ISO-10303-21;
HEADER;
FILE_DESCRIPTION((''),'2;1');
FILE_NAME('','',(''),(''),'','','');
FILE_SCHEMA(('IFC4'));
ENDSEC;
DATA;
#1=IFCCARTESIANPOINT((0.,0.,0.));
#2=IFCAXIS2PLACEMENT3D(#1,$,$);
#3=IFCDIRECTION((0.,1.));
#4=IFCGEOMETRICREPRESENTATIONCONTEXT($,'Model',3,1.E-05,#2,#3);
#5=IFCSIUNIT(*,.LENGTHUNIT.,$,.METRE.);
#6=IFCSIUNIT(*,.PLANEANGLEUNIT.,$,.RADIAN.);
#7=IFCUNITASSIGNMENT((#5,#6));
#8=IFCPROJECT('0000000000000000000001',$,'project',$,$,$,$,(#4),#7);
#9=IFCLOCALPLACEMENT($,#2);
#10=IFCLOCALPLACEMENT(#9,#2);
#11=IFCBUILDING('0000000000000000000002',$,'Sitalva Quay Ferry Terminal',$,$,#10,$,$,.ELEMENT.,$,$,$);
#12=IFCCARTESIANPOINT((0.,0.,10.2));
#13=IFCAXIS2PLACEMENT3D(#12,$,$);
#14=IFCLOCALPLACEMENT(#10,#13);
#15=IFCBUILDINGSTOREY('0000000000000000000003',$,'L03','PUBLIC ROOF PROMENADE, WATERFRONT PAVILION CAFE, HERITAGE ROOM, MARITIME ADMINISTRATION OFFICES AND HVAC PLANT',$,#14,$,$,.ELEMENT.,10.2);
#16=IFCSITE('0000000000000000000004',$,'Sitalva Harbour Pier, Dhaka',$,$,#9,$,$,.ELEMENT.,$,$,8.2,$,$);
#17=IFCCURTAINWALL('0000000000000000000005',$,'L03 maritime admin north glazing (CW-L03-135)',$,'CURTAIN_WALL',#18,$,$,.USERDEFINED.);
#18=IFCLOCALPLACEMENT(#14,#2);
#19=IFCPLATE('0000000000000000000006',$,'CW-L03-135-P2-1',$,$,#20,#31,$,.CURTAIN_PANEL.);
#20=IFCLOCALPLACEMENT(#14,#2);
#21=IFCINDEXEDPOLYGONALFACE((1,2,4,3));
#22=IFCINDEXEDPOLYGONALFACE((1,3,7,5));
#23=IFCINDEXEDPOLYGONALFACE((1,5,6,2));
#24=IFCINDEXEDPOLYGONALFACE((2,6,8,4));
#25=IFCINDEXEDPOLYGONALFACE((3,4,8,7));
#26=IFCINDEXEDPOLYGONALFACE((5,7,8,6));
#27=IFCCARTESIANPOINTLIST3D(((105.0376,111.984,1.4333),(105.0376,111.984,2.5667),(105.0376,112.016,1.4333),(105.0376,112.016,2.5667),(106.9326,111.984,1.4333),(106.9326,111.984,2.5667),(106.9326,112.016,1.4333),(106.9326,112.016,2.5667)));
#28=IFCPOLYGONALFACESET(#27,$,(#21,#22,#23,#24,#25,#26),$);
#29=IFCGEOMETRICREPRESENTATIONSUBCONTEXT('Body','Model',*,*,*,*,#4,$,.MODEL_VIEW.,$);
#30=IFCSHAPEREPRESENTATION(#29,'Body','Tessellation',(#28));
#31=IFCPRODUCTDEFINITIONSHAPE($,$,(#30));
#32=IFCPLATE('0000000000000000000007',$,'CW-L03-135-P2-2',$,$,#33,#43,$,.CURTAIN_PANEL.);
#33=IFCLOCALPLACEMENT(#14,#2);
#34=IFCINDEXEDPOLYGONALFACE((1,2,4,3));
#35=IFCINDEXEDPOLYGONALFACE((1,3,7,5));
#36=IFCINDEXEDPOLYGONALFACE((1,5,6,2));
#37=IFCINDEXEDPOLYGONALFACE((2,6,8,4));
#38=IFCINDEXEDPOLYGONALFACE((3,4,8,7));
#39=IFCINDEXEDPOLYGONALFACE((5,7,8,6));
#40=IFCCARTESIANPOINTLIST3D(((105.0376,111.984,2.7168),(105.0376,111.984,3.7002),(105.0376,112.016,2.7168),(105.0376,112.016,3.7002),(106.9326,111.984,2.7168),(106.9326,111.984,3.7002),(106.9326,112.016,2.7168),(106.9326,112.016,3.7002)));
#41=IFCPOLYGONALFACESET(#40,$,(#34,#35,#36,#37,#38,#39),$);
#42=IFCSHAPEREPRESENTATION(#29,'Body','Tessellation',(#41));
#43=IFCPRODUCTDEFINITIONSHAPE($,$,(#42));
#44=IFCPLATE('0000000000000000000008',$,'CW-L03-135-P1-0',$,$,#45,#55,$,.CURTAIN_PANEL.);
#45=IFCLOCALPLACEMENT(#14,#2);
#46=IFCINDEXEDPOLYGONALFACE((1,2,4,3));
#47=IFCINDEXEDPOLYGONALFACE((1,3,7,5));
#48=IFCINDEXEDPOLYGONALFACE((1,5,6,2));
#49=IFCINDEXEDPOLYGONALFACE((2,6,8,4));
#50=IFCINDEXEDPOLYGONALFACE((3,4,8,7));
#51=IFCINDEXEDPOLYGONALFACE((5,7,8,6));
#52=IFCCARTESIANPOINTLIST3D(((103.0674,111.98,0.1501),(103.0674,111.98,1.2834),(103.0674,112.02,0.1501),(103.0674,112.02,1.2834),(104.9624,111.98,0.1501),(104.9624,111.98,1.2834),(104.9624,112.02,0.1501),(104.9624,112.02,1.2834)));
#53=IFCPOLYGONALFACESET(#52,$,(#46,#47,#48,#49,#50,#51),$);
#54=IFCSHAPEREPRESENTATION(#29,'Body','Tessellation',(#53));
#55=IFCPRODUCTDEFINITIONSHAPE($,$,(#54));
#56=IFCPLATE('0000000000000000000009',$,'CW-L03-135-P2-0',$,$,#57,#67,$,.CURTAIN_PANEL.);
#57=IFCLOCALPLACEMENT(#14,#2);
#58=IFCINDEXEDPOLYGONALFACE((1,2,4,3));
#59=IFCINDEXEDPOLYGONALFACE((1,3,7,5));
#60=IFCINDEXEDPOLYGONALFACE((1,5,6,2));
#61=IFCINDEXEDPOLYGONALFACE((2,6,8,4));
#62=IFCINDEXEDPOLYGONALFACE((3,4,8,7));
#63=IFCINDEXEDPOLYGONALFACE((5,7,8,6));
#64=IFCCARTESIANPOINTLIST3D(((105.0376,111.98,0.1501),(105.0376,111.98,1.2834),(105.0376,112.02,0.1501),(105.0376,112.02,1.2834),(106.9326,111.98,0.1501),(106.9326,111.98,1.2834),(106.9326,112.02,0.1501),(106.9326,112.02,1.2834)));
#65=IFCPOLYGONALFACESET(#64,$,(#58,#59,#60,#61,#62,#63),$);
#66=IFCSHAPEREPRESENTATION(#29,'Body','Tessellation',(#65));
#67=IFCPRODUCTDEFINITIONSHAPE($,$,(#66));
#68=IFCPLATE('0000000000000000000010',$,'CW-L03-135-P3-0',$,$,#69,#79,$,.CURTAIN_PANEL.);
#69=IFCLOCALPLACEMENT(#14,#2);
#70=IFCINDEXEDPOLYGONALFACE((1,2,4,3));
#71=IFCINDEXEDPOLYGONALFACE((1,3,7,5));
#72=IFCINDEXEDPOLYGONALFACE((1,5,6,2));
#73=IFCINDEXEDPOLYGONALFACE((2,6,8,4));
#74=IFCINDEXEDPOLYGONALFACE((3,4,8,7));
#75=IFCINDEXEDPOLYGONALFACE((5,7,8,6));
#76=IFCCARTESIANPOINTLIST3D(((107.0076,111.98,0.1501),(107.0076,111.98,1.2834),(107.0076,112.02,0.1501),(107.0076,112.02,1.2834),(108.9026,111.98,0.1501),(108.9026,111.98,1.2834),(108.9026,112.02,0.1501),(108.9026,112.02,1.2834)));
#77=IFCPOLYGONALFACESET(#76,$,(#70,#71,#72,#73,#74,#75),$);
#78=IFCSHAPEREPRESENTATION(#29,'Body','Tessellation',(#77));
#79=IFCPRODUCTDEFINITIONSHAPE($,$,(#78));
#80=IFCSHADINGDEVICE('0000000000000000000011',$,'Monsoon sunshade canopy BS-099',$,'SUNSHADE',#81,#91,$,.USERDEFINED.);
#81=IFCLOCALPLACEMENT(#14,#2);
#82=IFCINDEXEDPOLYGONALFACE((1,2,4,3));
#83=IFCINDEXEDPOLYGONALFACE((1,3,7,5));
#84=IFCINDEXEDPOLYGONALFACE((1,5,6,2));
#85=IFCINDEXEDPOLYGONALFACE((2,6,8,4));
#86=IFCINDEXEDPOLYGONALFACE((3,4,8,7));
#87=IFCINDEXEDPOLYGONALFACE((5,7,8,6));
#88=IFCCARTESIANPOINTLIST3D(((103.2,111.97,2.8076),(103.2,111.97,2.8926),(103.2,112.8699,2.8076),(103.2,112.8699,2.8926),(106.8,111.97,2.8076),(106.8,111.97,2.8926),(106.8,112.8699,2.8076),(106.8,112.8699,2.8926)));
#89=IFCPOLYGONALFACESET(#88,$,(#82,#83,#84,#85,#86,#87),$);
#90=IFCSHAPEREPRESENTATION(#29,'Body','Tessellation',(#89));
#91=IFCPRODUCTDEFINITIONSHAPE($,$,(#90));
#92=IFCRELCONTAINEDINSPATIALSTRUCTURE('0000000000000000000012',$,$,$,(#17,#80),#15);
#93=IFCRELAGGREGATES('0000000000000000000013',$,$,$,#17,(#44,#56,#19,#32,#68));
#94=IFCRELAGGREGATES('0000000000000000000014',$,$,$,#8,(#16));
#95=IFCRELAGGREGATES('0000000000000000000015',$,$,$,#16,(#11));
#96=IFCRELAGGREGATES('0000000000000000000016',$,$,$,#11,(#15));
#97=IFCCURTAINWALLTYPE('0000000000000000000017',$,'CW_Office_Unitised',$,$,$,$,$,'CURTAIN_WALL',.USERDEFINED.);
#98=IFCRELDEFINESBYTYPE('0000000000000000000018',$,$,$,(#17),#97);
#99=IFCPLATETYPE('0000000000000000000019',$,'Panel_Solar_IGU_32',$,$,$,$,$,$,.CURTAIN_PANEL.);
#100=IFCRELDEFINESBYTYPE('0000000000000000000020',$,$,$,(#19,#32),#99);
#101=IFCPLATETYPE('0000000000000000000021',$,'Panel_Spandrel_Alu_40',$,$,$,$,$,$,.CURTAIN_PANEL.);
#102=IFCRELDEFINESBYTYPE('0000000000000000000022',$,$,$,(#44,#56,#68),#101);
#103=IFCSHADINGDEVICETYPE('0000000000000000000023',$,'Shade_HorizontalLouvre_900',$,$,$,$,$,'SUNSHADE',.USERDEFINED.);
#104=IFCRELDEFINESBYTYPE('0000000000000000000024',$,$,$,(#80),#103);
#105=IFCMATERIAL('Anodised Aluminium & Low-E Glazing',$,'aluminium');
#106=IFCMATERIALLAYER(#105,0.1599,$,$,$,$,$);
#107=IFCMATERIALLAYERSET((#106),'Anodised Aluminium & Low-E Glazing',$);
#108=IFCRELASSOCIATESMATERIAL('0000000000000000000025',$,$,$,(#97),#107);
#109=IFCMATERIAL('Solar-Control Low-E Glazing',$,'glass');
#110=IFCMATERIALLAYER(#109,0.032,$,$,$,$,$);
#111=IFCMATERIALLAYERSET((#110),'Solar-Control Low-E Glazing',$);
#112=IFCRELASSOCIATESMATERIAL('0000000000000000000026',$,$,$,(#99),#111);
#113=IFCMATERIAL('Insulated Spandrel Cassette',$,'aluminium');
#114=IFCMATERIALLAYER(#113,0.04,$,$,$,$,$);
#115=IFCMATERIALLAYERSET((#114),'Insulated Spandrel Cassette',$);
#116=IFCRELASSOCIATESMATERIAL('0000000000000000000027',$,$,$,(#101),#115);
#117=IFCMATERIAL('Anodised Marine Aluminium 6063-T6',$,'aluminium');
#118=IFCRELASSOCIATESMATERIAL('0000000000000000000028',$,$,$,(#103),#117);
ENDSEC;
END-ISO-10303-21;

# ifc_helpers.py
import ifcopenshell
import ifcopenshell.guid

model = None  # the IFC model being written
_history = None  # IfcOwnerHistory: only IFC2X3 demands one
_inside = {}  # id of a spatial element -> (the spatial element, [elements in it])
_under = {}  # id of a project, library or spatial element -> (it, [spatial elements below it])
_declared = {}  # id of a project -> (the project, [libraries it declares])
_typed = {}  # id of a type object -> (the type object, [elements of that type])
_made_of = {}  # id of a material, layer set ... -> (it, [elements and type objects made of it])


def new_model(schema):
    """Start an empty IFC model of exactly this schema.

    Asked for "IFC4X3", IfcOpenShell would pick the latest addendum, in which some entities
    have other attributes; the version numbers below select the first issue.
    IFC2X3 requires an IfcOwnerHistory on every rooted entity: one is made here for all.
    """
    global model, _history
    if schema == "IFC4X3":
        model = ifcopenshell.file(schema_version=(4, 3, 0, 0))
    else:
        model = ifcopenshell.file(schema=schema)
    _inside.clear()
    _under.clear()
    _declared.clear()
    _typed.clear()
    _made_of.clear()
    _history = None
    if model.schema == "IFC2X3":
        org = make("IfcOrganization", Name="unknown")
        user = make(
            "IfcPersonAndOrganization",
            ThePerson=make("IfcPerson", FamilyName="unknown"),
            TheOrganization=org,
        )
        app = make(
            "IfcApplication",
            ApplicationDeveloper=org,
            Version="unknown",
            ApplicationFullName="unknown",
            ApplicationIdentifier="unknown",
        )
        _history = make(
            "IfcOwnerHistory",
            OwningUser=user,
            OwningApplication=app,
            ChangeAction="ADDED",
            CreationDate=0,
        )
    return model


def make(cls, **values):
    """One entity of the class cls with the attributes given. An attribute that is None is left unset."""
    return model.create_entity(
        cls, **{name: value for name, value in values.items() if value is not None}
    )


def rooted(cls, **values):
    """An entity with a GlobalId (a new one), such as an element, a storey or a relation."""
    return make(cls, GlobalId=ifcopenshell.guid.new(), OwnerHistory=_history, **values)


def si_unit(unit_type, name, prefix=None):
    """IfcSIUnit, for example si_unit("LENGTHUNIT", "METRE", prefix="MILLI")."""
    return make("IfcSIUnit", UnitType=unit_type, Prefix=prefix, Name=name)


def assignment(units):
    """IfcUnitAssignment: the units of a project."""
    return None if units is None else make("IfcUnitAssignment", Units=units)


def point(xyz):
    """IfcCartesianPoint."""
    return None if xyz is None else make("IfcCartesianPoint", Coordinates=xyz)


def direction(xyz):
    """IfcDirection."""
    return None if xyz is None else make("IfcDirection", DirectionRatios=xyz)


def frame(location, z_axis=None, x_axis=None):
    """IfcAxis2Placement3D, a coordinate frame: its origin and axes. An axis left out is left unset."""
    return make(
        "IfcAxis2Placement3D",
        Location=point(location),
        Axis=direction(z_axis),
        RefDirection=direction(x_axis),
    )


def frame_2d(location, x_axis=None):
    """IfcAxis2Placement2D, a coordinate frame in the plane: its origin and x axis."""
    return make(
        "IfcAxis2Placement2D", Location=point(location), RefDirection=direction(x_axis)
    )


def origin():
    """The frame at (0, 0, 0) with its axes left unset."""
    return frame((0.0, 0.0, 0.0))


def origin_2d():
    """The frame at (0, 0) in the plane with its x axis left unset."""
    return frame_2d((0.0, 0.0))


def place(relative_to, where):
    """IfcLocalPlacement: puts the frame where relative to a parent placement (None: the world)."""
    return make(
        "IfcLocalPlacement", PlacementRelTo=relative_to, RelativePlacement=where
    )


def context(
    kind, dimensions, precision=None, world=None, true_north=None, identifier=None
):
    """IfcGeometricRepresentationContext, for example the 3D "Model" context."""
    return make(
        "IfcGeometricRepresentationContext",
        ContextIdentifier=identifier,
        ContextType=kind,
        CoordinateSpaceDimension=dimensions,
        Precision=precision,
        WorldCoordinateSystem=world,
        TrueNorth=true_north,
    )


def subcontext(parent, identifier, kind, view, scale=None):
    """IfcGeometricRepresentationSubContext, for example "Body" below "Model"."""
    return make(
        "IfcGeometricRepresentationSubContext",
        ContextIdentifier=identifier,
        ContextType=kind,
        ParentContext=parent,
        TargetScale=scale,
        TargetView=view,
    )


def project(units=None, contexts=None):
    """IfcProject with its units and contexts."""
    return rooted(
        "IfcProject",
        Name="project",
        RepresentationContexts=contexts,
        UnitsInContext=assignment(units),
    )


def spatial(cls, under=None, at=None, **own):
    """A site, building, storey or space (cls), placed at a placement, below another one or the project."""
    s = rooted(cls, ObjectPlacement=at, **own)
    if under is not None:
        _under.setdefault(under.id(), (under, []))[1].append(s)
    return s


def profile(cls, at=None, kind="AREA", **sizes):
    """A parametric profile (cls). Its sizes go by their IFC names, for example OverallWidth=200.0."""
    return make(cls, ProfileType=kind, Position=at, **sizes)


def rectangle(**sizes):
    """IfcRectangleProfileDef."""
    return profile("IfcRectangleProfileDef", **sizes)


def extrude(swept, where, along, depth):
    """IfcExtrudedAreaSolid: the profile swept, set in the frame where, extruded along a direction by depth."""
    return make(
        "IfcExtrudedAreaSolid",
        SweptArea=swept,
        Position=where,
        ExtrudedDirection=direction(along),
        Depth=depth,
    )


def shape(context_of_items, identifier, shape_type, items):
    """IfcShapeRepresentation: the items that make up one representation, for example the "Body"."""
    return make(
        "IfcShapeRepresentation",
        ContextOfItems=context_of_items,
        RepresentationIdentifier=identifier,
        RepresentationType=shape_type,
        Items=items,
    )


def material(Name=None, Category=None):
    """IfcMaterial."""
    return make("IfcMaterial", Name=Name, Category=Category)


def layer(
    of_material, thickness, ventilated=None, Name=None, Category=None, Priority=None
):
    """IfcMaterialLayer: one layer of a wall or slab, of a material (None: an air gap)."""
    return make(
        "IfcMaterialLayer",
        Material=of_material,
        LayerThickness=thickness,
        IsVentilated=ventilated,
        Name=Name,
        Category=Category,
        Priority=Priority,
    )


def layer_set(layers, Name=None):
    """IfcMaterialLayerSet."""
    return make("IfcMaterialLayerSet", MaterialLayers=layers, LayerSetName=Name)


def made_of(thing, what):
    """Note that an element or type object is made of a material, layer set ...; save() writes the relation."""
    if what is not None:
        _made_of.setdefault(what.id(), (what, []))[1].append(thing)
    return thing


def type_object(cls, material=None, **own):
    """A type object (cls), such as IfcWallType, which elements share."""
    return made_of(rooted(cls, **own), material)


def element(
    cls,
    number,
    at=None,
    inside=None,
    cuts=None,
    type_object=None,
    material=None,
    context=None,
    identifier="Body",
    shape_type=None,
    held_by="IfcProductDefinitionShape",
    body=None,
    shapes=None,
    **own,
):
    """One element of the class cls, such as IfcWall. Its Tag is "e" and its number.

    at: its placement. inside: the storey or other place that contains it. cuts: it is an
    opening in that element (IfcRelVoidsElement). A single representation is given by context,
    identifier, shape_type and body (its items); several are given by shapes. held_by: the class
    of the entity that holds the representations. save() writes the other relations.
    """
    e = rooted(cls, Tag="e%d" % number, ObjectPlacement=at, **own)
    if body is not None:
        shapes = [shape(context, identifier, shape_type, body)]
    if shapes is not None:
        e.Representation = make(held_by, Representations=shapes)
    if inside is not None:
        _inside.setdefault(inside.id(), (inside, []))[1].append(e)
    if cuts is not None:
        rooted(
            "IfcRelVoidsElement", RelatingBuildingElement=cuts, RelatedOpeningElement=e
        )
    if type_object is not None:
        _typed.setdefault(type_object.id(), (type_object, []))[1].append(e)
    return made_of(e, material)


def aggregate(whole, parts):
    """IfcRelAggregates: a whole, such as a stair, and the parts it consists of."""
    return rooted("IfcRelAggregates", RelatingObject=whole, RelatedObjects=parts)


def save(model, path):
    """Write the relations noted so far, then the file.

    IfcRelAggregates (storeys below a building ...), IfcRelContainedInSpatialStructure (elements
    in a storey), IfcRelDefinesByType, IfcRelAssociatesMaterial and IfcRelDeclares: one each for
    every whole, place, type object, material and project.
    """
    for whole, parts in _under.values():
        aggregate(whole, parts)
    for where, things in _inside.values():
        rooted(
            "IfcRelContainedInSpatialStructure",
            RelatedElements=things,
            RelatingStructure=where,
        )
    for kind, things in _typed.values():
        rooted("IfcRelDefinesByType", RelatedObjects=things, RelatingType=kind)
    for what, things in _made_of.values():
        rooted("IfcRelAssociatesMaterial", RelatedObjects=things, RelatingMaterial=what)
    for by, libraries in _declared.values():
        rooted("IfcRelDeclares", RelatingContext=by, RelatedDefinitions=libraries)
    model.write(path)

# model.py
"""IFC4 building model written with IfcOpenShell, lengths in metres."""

from ifc_helpers import new_model, si_unit, direction, frame, origin, origin_2d, place, context, subcontext, project, spatial, rectangle, extrude, material, layer, layer_set, type_object, element, aggregate, save


model = new_model("IFC4")

# Units and contexts
model_context = context("Model", 3, precision=1e-05, world=origin(), true_north=direction((0.0, 1.0)))
body_context = subcontext(model_context, "Body", "Model", "MODEL_VIEW")
ifc_project = project(units=[si_unit("LENGTHUNIT", "METRE"), si_unit("PLANEANGLEUNIT", "RADIAN")], contexts=[model_context])

# Site, building, storey
site_placement = place(None, origin())
site = spatial("IfcSite", under=ifc_project, at=site_placement, Name="Sitalva Harbour Pier, Dhaka", CompositionType="ELEMENT", RefElevation=8.2)
building_placement = place(site_placement, origin())
building = spatial("IfcBuilding", under=site, at=building_placement, Name="Sitalva Quay Ferry Terminal", CompositionType="ELEMENT")
storey_placement = place(building_placement, frame((0.0, 0.0, 10.2)))
storey = spatial("IfcBuildingStorey", under=building, at=storey_placement, Name="L03", Description="PUBLIC ROOF PROMENADE, WATERFRONT PAVILION CAFE, HERITAGE ROOM, MARITIME ADMINISTRATION OFFICES AND HVAC PLANT", CompositionType="ELEMENT", Elevation=10.2)

# Curtain wall, plates
ifc_material_1 = material(Name="Anodised Aluminium & Low-E Glazing", Category="aluminium")
ifc_layer_1 = layer(ifc_material_1, 0.1599)
ifc_layer_set_1 = layer_set([ifc_layer_1], Name="Anodised Aluminium & Low-E Glazing")
curtain_wall_type = type_object("IfcCurtainWallType", Name="CW_Office_Unitised", ElementType="CURTAIN_WALL", PredefinedType="USERDEFINED", material=ifc_layer_set_1)
curtain_wall_placement = place(storey_placement, origin())
curtain_wall = element("IfcCurtainWall", 1, at=curtain_wall_placement, inside=storey, type_object=curtain_wall_type, Name="L03 maritime admin north glazing (CW-L03-135)", ObjectType="CURTAIN_WALL", PredefinedType="USERDEFINED")
ifc_material_2 = material(Name="Solar-Control Low-E Glazing", Category="glass")
ifc_layer_2 = layer(ifc_material_2, 0.032)
ifc_layer_set_2 = layer_set([ifc_layer_2], Name="Solar-Control Low-E Glazing")
plate_type_1 = type_object("IfcPlateType", Name="Panel_Solar_IGU_32", PredefinedType="CURTAIN_PANEL", material=ifc_layer_set_2)
plate_1_placement = place(storey_placement, frame((105.9851, 112.0, 1.4333), z_axis=(0.0, 0.0, 1.0), x_axis=(1.0, 0.0, 0.0)))
plate_1 = element("IfcPlate", 2, at=plate_1_placement, type_object=plate_type_1, Name="CW-L03-135-P2-1", PredefinedType="CURTAIN_PANEL", context=body_context, shape_type="SweptSolid", body=[
    extrude(rectangle(XDim=1.895, YDim=0.032, at=origin_2d()), origin(), (0.0, 0.0, 1.0), 1.1333),
])
plate_2_placement = place(storey_placement, frame((105.9851, 112.0, 2.7168), z_axis=(0.0, 0.0, 1.0), x_axis=(1.0, 0.0, 0.0)))
plate_2 = element("IfcPlate", 3, at=plate_2_placement, type_object=plate_type_1, Name="CW-L03-135-P2-2", PredefinedType="CURTAIN_PANEL", context=body_context, shape_type="SweptSolid", body=[
    extrude(rectangle(XDim=1.895, YDim=0.032, at=origin_2d()), origin(), (0.0, 0.0, 1.0), 0.9834),
])
ifc_material_3 = material(Name="Insulated Spandrel Cassette", Category="aluminium")
ifc_layer_3 = layer(ifc_material_3, 0.04)
ifc_layer_set_3 = layer_set([ifc_layer_3], Name="Insulated Spandrel Cassette")
plate_type_2 = type_object("IfcPlateType", Name="Panel_Spandrel_Alu_40", PredefinedType="CURTAIN_PANEL", material=ifc_layer_set_3)
plate_3_placement = place(storey_placement, frame((104.0149, 112.0, 0.1501), z_axis=(0.0, 0.0, 1.0), x_axis=(1.0, 0.0, 0.0)))
plate_3 = element("IfcPlate", 4, at=plate_3_placement, type_object=plate_type_2, Name="CW-L03-135-P1-0", PredefinedType="CURTAIN_PANEL", context=body_context, shape_type="SweptSolid", body=[
    extrude(rectangle(XDim=1.895, YDim=0.04, at=origin_2d()), origin(), (0.0, 0.0, 1.0), 1.1333),
])
plate_4_placement = place(storey_placement, frame((105.9851, 112.0, 0.1501), z_axis=(0.0, 0.0, 1.0), x_axis=(1.0, 0.0, 0.0)))
plate_4 = element("IfcPlate", 5, at=plate_4_placement, type_object=plate_type_2, Name="CW-L03-135-P2-0", PredefinedType="CURTAIN_PANEL", context=body_context, shape_type="SweptSolid", body=[
    extrude(rectangle(XDim=1.895, YDim=0.04, at=origin_2d()), origin(), (0.0, 0.0, 1.0), 1.1333),
])
plate_5_placement = place(storey_placement, frame((107.9551, 112.0, 0.1501), z_axis=(0.0, 0.0, 1.0), x_axis=(1.0, 0.0, 0.0)))
plate_5 = element("IfcPlate", 6, at=plate_5_placement, type_object=plate_type_2, Name="CW-L03-135-P3-0", PredefinedType="CURTAIN_PANEL", context=body_context, shape_type="SweptSolid", body=[
    extrude(rectangle(XDim=1.895, YDim=0.04, at=origin_2d()), origin(), (0.0, 0.0, 1.0), 1.1333),
])
aggregate(curtain_wall, [plate_3, plate_4, plate_1, plate_2, plate_5])

# Shading device
ifc_material_4 = material(Name="Anodised Marine Aluminium 6063-T6", Category="aluminium")
shading_device_type = type_object("IfcShadingDeviceType", Name="Shade_HorizontalLouvre_900", ElementType="SUNSHADE", PredefinedType="USERDEFINED", material=ifc_material_4)
shading_device_placement = place(storey_placement, frame((105.0, 112.4199, 2.8076), z_axis=(0.0, 0.0, 1.0), x_axis=(1.0, 0.0, 0.0)))
element("IfcShadingDevice", 7, at=shading_device_placement, inside=storey, type_object=shading_device_type, Name="Monsoon sunshade canopy BS-099", ObjectType="SUNSHADE", PredefinedType="USERDEFINED", context=body_context, shape_type="SweptSolid", body=[
    extrude(rectangle(XDim=3.6001, YDim=0.8999, at=origin_2d()), origin(), (0.0, 0.0, 1.0), 0.085),
])

save(model, "model.ifc")
